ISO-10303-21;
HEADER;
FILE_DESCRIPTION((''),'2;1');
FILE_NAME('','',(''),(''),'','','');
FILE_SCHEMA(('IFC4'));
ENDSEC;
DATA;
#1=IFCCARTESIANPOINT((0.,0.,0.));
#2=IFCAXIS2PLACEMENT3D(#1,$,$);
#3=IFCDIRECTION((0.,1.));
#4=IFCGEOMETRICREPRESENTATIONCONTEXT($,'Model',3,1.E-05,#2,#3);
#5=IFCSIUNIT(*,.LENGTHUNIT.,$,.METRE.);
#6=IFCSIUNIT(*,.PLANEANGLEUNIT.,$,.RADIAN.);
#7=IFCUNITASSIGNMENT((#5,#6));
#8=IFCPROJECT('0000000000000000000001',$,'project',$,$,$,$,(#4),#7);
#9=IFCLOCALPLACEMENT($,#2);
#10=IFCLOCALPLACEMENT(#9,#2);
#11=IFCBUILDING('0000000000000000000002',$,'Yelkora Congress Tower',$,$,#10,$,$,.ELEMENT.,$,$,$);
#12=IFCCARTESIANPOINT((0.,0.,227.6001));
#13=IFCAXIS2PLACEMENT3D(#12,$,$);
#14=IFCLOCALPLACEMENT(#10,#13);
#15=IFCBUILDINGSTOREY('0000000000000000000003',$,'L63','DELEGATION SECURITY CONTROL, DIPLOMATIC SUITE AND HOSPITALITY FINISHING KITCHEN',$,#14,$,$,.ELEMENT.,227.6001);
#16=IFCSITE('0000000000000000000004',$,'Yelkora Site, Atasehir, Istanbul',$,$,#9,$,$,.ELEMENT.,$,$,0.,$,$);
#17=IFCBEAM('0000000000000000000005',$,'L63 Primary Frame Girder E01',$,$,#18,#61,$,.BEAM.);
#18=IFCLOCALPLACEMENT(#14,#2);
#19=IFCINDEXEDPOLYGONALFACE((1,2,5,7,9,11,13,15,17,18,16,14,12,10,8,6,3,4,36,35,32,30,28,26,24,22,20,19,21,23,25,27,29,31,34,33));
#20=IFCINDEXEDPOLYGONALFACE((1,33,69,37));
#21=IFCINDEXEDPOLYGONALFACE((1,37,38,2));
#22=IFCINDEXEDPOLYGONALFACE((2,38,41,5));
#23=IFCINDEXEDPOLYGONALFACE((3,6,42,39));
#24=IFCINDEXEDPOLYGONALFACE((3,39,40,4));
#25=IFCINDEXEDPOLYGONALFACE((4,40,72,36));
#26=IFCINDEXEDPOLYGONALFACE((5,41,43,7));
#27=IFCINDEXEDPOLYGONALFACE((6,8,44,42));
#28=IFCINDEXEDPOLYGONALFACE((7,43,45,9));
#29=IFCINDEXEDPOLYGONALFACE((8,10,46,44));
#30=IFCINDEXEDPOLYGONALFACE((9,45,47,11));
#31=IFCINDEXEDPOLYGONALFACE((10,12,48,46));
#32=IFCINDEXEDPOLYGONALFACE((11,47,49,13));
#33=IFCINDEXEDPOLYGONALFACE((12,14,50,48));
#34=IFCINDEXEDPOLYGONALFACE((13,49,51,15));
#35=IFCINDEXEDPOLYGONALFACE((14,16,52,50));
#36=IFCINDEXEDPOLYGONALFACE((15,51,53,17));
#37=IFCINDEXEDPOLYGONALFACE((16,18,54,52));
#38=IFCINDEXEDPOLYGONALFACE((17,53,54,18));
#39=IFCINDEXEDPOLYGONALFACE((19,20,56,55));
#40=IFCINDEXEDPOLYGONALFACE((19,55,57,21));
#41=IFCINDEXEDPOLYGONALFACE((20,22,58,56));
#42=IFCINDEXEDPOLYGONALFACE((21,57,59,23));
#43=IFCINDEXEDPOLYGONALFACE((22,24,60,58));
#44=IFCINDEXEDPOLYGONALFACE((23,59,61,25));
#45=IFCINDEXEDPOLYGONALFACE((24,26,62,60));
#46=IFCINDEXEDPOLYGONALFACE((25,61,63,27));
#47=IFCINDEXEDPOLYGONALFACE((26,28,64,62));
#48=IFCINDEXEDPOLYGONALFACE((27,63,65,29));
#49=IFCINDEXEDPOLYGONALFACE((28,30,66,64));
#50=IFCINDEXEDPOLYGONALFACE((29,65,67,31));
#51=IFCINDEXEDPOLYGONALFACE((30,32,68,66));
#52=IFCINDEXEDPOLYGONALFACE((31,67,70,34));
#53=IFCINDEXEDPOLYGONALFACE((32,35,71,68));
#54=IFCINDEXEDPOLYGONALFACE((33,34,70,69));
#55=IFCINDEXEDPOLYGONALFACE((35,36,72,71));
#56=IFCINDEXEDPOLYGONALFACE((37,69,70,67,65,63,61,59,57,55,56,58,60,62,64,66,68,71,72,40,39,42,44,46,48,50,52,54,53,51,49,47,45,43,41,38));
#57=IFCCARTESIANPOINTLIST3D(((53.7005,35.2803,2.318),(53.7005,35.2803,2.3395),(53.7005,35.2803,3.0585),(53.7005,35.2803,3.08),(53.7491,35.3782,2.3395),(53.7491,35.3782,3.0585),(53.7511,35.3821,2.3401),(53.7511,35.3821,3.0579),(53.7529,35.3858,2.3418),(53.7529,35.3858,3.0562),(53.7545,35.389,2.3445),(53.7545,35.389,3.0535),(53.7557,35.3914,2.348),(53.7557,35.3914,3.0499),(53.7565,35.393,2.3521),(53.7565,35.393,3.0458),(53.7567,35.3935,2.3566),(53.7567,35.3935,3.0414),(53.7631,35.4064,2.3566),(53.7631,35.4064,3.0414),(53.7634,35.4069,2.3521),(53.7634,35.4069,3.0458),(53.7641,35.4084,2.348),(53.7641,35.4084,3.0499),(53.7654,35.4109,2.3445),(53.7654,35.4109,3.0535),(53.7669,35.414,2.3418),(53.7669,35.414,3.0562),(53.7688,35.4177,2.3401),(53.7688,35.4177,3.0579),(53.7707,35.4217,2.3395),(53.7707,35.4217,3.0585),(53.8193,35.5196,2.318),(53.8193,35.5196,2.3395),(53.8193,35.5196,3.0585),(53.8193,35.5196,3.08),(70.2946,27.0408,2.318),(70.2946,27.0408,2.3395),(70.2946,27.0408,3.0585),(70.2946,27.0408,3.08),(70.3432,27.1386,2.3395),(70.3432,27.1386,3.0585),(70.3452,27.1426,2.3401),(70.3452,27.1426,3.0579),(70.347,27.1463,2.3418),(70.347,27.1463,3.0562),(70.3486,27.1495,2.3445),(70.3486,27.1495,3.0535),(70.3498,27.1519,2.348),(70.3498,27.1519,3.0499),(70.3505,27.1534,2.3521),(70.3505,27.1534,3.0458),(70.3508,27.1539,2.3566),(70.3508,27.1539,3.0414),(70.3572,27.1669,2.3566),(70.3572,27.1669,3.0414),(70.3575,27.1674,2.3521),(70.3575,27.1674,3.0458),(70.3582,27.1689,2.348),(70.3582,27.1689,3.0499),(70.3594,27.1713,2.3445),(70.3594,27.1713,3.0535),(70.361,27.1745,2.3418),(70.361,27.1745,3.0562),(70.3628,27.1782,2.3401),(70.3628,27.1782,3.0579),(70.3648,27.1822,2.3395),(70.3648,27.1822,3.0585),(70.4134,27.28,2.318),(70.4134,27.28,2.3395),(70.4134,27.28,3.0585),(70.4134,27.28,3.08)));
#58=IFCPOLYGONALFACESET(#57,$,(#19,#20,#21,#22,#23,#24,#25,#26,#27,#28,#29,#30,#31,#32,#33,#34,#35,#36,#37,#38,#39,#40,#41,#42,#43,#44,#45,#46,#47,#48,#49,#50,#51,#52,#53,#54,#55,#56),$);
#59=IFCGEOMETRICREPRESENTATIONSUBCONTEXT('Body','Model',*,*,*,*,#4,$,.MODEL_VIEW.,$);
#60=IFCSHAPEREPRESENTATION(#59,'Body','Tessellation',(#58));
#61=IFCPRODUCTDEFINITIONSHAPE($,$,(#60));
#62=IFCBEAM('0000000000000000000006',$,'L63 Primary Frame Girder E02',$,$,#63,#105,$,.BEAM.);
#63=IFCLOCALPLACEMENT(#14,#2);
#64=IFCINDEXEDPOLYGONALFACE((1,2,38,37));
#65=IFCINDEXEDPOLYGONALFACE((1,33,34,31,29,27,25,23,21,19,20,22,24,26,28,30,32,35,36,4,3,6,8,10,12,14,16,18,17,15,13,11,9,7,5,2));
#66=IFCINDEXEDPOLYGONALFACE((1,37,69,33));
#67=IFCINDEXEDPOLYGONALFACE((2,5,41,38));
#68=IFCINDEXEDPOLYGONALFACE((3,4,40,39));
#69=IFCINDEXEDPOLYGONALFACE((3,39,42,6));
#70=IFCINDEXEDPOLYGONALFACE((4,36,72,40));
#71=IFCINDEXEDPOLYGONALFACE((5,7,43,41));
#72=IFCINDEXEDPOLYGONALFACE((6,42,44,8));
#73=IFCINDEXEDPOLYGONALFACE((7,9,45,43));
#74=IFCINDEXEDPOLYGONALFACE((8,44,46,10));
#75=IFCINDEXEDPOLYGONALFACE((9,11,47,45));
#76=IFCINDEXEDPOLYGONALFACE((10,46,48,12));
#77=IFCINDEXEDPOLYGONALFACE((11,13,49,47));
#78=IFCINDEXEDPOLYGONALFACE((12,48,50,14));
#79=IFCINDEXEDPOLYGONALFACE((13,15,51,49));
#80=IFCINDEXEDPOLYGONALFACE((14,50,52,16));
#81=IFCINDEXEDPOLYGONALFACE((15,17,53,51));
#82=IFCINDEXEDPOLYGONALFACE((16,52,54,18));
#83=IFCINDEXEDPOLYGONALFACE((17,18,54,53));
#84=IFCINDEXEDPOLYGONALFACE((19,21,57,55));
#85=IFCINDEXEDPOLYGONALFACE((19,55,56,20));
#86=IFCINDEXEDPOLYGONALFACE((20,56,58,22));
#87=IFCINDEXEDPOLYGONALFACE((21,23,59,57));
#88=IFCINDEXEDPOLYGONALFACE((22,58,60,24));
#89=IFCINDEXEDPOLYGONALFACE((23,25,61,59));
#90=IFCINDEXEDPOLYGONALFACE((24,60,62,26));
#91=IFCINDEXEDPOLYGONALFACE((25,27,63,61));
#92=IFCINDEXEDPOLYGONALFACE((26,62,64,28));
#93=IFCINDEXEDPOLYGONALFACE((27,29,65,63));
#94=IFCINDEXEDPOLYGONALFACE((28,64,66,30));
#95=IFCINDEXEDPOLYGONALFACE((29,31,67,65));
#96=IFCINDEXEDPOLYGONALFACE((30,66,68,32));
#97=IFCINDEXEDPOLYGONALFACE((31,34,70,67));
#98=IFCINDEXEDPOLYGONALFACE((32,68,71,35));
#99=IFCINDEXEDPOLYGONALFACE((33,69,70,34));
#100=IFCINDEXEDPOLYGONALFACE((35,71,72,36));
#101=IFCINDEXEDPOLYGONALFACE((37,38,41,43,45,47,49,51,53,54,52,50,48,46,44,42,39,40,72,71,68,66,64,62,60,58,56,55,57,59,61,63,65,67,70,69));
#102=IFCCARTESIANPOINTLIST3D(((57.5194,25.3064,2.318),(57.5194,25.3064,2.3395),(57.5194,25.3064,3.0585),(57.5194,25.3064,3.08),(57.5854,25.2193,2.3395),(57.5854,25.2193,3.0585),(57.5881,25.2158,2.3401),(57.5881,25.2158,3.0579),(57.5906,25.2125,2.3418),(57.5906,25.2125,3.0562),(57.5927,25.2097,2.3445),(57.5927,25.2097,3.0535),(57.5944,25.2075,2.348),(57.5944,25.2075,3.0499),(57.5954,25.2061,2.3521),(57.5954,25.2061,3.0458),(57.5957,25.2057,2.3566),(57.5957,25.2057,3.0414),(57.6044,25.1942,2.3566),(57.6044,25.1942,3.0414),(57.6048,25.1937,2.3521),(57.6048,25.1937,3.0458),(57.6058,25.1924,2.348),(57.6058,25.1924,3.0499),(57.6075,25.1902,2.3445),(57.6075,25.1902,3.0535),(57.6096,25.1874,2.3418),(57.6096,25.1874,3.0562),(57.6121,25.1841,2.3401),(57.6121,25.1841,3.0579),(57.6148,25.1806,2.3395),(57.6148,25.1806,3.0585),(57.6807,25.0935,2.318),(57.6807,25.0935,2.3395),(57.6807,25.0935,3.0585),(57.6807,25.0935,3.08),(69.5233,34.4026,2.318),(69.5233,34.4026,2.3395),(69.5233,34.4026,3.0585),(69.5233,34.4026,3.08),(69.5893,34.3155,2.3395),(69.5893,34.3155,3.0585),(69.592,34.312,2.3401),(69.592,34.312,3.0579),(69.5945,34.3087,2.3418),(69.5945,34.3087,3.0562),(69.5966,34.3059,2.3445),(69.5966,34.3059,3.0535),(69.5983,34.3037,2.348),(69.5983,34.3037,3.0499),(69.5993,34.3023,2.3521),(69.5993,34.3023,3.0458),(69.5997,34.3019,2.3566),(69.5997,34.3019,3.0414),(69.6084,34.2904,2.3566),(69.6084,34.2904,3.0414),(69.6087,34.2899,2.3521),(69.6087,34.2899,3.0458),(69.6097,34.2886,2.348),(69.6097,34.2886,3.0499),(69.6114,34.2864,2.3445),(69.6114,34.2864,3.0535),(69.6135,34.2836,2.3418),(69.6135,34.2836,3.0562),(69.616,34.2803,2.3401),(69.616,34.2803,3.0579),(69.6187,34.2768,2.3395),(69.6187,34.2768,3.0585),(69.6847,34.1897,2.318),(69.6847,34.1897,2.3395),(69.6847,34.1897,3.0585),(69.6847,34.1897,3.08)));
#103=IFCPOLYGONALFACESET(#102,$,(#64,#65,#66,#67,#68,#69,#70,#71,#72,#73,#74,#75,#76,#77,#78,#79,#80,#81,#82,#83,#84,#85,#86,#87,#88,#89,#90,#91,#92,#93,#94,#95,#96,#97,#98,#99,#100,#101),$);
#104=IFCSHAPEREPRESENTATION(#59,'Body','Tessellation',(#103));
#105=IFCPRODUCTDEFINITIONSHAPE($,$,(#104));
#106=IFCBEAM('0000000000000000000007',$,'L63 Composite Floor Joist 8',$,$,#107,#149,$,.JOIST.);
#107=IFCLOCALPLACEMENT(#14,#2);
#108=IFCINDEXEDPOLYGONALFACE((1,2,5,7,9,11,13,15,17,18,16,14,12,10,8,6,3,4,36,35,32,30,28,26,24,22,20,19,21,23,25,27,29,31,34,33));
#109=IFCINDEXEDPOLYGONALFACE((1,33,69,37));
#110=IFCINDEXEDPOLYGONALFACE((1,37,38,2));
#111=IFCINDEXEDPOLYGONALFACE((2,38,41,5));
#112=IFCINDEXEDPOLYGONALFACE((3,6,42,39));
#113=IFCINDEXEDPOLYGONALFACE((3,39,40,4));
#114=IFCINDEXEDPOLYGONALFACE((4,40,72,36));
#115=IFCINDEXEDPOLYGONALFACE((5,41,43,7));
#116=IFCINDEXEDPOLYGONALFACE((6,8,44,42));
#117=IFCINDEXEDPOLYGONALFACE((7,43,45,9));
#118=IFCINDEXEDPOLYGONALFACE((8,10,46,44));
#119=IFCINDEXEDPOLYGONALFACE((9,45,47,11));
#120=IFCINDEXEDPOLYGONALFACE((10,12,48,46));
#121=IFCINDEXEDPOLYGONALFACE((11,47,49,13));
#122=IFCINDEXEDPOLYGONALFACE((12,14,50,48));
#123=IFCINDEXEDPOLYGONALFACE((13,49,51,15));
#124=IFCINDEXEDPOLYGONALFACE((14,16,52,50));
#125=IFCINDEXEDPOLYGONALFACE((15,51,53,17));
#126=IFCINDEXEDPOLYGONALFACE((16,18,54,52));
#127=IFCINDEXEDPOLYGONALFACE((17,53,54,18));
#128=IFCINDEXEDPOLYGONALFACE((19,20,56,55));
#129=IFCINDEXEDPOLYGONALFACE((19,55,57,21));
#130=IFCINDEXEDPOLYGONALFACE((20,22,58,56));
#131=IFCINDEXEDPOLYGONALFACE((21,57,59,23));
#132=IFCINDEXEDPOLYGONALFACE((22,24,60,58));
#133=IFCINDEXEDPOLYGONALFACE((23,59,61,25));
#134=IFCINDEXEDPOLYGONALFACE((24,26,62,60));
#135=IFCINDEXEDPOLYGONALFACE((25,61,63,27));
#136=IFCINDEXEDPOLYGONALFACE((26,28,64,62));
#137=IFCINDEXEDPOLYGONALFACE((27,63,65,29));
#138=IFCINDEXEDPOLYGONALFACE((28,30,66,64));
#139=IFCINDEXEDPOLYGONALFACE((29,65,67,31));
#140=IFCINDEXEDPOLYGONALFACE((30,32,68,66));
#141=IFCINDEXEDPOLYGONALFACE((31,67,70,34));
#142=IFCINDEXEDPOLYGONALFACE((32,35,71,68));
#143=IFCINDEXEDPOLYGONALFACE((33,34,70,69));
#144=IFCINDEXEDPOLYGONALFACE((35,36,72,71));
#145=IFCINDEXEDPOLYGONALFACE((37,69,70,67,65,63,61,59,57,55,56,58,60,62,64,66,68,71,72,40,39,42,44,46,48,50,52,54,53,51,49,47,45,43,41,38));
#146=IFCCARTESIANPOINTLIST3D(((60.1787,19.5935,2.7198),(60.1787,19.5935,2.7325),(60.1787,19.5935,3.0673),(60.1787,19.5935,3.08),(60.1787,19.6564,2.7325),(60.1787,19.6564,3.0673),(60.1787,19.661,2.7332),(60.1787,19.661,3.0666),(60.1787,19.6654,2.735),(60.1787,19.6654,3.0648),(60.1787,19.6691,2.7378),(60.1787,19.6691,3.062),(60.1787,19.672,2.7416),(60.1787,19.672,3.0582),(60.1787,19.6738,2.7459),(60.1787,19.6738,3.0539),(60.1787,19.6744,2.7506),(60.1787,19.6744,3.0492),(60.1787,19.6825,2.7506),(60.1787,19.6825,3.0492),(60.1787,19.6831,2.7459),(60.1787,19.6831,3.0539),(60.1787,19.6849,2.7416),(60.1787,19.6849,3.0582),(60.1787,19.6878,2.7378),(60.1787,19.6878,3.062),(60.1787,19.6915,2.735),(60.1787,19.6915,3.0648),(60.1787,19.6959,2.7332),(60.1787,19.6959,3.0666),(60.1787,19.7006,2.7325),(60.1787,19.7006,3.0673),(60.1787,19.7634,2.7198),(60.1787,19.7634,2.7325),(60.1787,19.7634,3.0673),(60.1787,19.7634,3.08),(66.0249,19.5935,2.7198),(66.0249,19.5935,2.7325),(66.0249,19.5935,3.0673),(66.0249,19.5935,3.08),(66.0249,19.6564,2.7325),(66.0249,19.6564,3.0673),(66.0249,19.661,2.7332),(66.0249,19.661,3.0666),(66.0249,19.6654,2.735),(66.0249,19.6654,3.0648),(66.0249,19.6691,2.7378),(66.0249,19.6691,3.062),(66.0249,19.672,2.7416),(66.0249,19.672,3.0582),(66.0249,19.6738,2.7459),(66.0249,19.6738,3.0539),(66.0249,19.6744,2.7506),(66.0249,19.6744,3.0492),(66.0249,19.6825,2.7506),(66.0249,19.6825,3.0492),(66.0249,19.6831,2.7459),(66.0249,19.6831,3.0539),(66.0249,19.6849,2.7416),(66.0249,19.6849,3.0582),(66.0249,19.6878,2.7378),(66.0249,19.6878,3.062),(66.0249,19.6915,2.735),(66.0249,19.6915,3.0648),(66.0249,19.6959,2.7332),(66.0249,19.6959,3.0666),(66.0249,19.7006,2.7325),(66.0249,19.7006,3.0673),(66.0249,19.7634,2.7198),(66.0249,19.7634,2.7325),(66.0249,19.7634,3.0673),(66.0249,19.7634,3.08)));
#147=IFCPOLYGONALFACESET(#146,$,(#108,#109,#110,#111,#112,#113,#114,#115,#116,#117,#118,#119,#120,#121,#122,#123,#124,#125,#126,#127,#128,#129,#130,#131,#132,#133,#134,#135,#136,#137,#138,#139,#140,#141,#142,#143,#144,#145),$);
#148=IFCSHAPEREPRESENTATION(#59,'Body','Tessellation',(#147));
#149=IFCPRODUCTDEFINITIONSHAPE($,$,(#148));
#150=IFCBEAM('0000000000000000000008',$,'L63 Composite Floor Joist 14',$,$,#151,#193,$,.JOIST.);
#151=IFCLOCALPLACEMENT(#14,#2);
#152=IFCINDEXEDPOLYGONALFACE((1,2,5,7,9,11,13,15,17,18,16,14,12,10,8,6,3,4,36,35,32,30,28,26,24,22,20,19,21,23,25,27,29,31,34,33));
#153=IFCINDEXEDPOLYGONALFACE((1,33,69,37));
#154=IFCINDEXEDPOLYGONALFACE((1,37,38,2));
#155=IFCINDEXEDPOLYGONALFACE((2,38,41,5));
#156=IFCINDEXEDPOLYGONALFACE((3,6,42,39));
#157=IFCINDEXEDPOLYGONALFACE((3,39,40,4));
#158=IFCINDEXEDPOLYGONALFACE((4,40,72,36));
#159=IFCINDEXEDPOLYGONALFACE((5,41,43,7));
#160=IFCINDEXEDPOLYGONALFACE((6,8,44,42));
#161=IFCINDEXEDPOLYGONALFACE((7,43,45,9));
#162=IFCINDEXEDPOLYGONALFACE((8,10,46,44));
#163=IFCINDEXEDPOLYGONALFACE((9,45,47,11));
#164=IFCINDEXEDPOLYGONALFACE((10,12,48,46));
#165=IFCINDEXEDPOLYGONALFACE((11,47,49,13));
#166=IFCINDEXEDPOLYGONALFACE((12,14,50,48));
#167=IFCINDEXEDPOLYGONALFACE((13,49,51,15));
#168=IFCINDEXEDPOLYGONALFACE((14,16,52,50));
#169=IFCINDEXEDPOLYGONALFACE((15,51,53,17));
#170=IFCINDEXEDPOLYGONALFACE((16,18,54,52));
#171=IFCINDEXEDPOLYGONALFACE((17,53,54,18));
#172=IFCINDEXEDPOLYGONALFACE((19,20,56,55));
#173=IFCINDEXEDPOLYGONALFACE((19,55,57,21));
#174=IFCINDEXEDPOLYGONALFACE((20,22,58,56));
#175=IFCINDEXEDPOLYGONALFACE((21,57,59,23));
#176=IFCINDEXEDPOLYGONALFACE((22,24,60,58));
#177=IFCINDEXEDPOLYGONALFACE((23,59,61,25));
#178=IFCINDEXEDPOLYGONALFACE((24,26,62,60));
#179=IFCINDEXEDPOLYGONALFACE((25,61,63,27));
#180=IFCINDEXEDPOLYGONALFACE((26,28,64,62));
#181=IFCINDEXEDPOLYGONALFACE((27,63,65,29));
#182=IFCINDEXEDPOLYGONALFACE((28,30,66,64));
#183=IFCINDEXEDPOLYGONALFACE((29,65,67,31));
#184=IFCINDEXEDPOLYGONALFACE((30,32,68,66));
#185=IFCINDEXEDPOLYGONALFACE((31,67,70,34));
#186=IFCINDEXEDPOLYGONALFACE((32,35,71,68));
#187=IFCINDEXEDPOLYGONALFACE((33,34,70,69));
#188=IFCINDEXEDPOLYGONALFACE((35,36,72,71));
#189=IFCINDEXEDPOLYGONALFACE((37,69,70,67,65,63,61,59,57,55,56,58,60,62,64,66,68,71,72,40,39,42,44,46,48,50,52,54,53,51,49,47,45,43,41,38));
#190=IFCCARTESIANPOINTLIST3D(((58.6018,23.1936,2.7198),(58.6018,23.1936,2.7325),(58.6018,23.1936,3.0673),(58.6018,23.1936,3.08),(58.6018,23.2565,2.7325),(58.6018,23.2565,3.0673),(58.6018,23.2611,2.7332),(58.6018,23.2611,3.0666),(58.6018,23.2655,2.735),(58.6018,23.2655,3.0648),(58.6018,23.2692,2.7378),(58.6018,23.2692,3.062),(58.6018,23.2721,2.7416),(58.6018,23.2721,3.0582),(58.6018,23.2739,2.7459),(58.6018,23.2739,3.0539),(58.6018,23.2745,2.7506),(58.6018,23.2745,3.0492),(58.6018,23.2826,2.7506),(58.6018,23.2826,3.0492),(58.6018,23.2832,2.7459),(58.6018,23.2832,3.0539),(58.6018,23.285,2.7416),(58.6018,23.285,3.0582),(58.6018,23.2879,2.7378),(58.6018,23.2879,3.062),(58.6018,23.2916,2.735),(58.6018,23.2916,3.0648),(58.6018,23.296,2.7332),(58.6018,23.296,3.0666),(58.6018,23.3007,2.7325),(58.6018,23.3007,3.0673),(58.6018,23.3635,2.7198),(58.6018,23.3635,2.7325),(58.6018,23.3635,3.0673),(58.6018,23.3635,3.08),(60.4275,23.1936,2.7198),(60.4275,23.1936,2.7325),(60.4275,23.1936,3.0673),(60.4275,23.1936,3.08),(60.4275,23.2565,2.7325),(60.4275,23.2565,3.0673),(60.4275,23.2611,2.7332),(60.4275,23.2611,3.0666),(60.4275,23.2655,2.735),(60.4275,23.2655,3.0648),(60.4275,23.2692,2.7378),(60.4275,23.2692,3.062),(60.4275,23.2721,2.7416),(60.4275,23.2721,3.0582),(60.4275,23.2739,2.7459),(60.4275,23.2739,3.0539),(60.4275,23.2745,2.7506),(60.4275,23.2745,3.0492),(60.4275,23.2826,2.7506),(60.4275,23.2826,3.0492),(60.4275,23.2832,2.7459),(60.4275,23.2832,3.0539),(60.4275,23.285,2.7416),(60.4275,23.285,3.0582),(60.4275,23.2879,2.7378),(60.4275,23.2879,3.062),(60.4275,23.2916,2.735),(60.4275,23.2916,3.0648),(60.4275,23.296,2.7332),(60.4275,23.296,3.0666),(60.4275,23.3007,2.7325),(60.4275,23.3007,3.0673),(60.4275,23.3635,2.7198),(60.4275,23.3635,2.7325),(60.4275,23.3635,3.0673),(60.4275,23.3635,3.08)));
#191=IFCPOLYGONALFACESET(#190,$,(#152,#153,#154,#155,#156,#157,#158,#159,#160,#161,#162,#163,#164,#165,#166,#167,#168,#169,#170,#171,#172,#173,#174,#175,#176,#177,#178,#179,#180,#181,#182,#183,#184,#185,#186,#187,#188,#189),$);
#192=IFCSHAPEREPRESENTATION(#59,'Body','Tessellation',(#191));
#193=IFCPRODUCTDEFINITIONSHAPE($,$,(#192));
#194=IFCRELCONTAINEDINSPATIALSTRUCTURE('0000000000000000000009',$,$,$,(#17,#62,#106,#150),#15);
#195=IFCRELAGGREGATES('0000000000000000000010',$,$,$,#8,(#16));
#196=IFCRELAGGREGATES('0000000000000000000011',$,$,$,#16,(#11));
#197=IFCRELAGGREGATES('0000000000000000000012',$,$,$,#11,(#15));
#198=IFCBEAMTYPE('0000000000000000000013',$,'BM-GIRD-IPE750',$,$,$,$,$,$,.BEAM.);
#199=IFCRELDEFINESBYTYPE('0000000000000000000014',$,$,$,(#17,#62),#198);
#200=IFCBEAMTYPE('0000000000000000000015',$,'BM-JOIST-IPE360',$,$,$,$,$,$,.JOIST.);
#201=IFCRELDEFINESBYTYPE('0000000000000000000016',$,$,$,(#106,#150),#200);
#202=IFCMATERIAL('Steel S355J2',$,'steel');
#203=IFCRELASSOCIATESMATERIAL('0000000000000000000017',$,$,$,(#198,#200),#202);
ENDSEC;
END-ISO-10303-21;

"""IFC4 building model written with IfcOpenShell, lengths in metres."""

from ifc_helpers import new_model, si_unit, direction, frame, origin, origin_2d, place, context, subcontext, project, spatial, i_section, extrude, material, material_profile, profile_set, type_object, element, save


model = new_model("IFC4")

# Units and contexts
model_context = context("Model", 3, precision=1e-05, world=origin(), true_north=direction((0.0, 1.0)))
body_context = subcontext(model_context, "Body", "Model", "MODEL_VIEW")
ifc_project = project(units=[si_unit("LENGTHUNIT", "METRE"), si_unit("PLANEANGLEUNIT", "RADIAN")], contexts=[model_context])

# Site, building, storey
site_placement = place(None, origin())
site = spatial("IfcSite", under=ifc_project, at=site_placement, Name="Yelkora Site, Atasehir, Istanbul", CompositionType="ELEMENT", RefElevation=0.0)
building_placement = place(site_placement, origin())
building = spatial("IfcBuilding", under=site, at=building_placement, Name="Yelkora Congress Tower", CompositionType="ELEMENT")
storey_placement = place(building_placement, frame((0.0, 0.0, 227.6001)))
storey = spatial("IfcBuildingStorey", under=building, at=storey_placement, Name="L63", Description="DELEGATION SECURITY CONTROL, DIPLOMATIC SUITE AND HOSPITALITY FINISHING KITCHEN", CompositionType="ELEMENT", Elevation=227.6001)

# Shared definitions
ifc_material_1 = material(Name="Steel S355J2", Category="steel")

# Beams
ifc_material_profile_1 = material_profile(ifc_material_1, i_section(OverallWidth=0.2671, OverallDepth=0.762, WebThickness=0.0144, FlangeThickness=0.0215, FilletRadius=0.0171, at=origin_2d()), Name="IPE 750x173")
ifc_profile_set_1 = profile_set([ifc_material_profile_1], Name="Steel S355J2")
beam_type_1 = type_object("IfcBeamType", Name="BM-GIRD-IPE750", PredefinedType="BEAM", material=ifc_profile_set_1)
beam_1_placement = place(storey_placement, frame((70.354, 27.1604, 2.699), z_axis=(-0.895665, 0.444729, 0.0), x_axis=(-0.444729, -0.895665, 0.0)))
element("IfcBeam", 1, at=beam_1_placement, inside=storey, type_object=beam_type_1, Name="L63 Primary Frame Girder E01", PredefinedType="BEAM", context=body_context, shape_type="SweptSolid", body=[
    extrude(i_section(OverallWidth=0.2671, OverallDepth=0.762, WebThickness=0.0144, FlangeThickness=0.0215, FilletRadius=0.0171, at=origin_2d()), origin(), (0.0, 0.0, 1.0), 18.5271),
])
beam_2_placement = place(storey_placement, frame((69.604, 34.2961, 2.699), z_axis=(-0.797018, -0.603956, 0.0), x_axis=(0.603956, -0.797018, 0.0)))
element("IfcBeam", 2, at=beam_2_placement, inside=storey, type_object=beam_type_1, Name="L63 Primary Frame Girder E02", PredefinedType="BEAM", context=body_context, shape_type="SweptSolid", body=[
    extrude(i_section(OverallWidth=0.2671, OverallDepth=0.762, WebThickness=0.0144, FlangeThickness=0.0215, FilletRadius=0.0171, at=origin_2d()), origin(), (0.0, 0.0, 1.0), 15.061),
])
ifc_material_profile_2 = material_profile(ifc_material_1, i_section(OverallWidth=0.1699, OverallDepth=0.3601, WebThickness=0.0081, FlangeThickness=0.0127, FilletRadius=0.0181, at=origin_2d()), Name="IPE 360")
ifc_profile_set_2 = profile_set([ifc_material_profile_2], Name="Steel S355J2")
beam_type_2 = type_object("IfcBeamType", Name="BM-JOIST-IPE360", PredefinedType="JOIST", material=ifc_profile_set_2)
beam_3_placement = place(storey_placement, frame((60.1787, 19.6785, 2.8999), z_axis=(1.0, 0.0, 0.0), x_axis=(0.0, 1.0, 0.0)))
element("IfcBeam", 3, at=beam_3_placement, inside=storey, type_object=beam_type_2, Name="L63 Composite Floor Joist 8", PredefinedType="JOIST", context=body_context, shape_type="SweptSolid", body=[
    extrude(i_section(OverallWidth=0.1699, OverallDepth=0.3601, WebThickness=0.0081, FlangeThickness=0.0127, FilletRadius=0.0181, at=origin_2d()), origin(), (0.0, 0.0, 1.0), 5.8462),
])
beam_4_placement = place(storey_placement, frame((58.6018, 23.2786, 2.8999), z_axis=(1.0, 0.0, 0.0), x_axis=(0.0, 1.0, 0.0)))
element("IfcBeam", 4, at=beam_4_placement, inside=storey, type_object=beam_type_2, Name="L63 Composite Floor Joist 14", PredefinedType="JOIST", context=body_context, shape_type="SweptSolid", body=[
    extrude(i_section(OverallWidth=0.1699, OverallDepth=0.3601, WebThickness=0.0081, FlangeThickness=0.0127, FilletRadius=0.0181, at=origin_2d()), origin(), (0.0, 0.0, 1.0), 1.8257),
])

save(model, "model.ifc")
